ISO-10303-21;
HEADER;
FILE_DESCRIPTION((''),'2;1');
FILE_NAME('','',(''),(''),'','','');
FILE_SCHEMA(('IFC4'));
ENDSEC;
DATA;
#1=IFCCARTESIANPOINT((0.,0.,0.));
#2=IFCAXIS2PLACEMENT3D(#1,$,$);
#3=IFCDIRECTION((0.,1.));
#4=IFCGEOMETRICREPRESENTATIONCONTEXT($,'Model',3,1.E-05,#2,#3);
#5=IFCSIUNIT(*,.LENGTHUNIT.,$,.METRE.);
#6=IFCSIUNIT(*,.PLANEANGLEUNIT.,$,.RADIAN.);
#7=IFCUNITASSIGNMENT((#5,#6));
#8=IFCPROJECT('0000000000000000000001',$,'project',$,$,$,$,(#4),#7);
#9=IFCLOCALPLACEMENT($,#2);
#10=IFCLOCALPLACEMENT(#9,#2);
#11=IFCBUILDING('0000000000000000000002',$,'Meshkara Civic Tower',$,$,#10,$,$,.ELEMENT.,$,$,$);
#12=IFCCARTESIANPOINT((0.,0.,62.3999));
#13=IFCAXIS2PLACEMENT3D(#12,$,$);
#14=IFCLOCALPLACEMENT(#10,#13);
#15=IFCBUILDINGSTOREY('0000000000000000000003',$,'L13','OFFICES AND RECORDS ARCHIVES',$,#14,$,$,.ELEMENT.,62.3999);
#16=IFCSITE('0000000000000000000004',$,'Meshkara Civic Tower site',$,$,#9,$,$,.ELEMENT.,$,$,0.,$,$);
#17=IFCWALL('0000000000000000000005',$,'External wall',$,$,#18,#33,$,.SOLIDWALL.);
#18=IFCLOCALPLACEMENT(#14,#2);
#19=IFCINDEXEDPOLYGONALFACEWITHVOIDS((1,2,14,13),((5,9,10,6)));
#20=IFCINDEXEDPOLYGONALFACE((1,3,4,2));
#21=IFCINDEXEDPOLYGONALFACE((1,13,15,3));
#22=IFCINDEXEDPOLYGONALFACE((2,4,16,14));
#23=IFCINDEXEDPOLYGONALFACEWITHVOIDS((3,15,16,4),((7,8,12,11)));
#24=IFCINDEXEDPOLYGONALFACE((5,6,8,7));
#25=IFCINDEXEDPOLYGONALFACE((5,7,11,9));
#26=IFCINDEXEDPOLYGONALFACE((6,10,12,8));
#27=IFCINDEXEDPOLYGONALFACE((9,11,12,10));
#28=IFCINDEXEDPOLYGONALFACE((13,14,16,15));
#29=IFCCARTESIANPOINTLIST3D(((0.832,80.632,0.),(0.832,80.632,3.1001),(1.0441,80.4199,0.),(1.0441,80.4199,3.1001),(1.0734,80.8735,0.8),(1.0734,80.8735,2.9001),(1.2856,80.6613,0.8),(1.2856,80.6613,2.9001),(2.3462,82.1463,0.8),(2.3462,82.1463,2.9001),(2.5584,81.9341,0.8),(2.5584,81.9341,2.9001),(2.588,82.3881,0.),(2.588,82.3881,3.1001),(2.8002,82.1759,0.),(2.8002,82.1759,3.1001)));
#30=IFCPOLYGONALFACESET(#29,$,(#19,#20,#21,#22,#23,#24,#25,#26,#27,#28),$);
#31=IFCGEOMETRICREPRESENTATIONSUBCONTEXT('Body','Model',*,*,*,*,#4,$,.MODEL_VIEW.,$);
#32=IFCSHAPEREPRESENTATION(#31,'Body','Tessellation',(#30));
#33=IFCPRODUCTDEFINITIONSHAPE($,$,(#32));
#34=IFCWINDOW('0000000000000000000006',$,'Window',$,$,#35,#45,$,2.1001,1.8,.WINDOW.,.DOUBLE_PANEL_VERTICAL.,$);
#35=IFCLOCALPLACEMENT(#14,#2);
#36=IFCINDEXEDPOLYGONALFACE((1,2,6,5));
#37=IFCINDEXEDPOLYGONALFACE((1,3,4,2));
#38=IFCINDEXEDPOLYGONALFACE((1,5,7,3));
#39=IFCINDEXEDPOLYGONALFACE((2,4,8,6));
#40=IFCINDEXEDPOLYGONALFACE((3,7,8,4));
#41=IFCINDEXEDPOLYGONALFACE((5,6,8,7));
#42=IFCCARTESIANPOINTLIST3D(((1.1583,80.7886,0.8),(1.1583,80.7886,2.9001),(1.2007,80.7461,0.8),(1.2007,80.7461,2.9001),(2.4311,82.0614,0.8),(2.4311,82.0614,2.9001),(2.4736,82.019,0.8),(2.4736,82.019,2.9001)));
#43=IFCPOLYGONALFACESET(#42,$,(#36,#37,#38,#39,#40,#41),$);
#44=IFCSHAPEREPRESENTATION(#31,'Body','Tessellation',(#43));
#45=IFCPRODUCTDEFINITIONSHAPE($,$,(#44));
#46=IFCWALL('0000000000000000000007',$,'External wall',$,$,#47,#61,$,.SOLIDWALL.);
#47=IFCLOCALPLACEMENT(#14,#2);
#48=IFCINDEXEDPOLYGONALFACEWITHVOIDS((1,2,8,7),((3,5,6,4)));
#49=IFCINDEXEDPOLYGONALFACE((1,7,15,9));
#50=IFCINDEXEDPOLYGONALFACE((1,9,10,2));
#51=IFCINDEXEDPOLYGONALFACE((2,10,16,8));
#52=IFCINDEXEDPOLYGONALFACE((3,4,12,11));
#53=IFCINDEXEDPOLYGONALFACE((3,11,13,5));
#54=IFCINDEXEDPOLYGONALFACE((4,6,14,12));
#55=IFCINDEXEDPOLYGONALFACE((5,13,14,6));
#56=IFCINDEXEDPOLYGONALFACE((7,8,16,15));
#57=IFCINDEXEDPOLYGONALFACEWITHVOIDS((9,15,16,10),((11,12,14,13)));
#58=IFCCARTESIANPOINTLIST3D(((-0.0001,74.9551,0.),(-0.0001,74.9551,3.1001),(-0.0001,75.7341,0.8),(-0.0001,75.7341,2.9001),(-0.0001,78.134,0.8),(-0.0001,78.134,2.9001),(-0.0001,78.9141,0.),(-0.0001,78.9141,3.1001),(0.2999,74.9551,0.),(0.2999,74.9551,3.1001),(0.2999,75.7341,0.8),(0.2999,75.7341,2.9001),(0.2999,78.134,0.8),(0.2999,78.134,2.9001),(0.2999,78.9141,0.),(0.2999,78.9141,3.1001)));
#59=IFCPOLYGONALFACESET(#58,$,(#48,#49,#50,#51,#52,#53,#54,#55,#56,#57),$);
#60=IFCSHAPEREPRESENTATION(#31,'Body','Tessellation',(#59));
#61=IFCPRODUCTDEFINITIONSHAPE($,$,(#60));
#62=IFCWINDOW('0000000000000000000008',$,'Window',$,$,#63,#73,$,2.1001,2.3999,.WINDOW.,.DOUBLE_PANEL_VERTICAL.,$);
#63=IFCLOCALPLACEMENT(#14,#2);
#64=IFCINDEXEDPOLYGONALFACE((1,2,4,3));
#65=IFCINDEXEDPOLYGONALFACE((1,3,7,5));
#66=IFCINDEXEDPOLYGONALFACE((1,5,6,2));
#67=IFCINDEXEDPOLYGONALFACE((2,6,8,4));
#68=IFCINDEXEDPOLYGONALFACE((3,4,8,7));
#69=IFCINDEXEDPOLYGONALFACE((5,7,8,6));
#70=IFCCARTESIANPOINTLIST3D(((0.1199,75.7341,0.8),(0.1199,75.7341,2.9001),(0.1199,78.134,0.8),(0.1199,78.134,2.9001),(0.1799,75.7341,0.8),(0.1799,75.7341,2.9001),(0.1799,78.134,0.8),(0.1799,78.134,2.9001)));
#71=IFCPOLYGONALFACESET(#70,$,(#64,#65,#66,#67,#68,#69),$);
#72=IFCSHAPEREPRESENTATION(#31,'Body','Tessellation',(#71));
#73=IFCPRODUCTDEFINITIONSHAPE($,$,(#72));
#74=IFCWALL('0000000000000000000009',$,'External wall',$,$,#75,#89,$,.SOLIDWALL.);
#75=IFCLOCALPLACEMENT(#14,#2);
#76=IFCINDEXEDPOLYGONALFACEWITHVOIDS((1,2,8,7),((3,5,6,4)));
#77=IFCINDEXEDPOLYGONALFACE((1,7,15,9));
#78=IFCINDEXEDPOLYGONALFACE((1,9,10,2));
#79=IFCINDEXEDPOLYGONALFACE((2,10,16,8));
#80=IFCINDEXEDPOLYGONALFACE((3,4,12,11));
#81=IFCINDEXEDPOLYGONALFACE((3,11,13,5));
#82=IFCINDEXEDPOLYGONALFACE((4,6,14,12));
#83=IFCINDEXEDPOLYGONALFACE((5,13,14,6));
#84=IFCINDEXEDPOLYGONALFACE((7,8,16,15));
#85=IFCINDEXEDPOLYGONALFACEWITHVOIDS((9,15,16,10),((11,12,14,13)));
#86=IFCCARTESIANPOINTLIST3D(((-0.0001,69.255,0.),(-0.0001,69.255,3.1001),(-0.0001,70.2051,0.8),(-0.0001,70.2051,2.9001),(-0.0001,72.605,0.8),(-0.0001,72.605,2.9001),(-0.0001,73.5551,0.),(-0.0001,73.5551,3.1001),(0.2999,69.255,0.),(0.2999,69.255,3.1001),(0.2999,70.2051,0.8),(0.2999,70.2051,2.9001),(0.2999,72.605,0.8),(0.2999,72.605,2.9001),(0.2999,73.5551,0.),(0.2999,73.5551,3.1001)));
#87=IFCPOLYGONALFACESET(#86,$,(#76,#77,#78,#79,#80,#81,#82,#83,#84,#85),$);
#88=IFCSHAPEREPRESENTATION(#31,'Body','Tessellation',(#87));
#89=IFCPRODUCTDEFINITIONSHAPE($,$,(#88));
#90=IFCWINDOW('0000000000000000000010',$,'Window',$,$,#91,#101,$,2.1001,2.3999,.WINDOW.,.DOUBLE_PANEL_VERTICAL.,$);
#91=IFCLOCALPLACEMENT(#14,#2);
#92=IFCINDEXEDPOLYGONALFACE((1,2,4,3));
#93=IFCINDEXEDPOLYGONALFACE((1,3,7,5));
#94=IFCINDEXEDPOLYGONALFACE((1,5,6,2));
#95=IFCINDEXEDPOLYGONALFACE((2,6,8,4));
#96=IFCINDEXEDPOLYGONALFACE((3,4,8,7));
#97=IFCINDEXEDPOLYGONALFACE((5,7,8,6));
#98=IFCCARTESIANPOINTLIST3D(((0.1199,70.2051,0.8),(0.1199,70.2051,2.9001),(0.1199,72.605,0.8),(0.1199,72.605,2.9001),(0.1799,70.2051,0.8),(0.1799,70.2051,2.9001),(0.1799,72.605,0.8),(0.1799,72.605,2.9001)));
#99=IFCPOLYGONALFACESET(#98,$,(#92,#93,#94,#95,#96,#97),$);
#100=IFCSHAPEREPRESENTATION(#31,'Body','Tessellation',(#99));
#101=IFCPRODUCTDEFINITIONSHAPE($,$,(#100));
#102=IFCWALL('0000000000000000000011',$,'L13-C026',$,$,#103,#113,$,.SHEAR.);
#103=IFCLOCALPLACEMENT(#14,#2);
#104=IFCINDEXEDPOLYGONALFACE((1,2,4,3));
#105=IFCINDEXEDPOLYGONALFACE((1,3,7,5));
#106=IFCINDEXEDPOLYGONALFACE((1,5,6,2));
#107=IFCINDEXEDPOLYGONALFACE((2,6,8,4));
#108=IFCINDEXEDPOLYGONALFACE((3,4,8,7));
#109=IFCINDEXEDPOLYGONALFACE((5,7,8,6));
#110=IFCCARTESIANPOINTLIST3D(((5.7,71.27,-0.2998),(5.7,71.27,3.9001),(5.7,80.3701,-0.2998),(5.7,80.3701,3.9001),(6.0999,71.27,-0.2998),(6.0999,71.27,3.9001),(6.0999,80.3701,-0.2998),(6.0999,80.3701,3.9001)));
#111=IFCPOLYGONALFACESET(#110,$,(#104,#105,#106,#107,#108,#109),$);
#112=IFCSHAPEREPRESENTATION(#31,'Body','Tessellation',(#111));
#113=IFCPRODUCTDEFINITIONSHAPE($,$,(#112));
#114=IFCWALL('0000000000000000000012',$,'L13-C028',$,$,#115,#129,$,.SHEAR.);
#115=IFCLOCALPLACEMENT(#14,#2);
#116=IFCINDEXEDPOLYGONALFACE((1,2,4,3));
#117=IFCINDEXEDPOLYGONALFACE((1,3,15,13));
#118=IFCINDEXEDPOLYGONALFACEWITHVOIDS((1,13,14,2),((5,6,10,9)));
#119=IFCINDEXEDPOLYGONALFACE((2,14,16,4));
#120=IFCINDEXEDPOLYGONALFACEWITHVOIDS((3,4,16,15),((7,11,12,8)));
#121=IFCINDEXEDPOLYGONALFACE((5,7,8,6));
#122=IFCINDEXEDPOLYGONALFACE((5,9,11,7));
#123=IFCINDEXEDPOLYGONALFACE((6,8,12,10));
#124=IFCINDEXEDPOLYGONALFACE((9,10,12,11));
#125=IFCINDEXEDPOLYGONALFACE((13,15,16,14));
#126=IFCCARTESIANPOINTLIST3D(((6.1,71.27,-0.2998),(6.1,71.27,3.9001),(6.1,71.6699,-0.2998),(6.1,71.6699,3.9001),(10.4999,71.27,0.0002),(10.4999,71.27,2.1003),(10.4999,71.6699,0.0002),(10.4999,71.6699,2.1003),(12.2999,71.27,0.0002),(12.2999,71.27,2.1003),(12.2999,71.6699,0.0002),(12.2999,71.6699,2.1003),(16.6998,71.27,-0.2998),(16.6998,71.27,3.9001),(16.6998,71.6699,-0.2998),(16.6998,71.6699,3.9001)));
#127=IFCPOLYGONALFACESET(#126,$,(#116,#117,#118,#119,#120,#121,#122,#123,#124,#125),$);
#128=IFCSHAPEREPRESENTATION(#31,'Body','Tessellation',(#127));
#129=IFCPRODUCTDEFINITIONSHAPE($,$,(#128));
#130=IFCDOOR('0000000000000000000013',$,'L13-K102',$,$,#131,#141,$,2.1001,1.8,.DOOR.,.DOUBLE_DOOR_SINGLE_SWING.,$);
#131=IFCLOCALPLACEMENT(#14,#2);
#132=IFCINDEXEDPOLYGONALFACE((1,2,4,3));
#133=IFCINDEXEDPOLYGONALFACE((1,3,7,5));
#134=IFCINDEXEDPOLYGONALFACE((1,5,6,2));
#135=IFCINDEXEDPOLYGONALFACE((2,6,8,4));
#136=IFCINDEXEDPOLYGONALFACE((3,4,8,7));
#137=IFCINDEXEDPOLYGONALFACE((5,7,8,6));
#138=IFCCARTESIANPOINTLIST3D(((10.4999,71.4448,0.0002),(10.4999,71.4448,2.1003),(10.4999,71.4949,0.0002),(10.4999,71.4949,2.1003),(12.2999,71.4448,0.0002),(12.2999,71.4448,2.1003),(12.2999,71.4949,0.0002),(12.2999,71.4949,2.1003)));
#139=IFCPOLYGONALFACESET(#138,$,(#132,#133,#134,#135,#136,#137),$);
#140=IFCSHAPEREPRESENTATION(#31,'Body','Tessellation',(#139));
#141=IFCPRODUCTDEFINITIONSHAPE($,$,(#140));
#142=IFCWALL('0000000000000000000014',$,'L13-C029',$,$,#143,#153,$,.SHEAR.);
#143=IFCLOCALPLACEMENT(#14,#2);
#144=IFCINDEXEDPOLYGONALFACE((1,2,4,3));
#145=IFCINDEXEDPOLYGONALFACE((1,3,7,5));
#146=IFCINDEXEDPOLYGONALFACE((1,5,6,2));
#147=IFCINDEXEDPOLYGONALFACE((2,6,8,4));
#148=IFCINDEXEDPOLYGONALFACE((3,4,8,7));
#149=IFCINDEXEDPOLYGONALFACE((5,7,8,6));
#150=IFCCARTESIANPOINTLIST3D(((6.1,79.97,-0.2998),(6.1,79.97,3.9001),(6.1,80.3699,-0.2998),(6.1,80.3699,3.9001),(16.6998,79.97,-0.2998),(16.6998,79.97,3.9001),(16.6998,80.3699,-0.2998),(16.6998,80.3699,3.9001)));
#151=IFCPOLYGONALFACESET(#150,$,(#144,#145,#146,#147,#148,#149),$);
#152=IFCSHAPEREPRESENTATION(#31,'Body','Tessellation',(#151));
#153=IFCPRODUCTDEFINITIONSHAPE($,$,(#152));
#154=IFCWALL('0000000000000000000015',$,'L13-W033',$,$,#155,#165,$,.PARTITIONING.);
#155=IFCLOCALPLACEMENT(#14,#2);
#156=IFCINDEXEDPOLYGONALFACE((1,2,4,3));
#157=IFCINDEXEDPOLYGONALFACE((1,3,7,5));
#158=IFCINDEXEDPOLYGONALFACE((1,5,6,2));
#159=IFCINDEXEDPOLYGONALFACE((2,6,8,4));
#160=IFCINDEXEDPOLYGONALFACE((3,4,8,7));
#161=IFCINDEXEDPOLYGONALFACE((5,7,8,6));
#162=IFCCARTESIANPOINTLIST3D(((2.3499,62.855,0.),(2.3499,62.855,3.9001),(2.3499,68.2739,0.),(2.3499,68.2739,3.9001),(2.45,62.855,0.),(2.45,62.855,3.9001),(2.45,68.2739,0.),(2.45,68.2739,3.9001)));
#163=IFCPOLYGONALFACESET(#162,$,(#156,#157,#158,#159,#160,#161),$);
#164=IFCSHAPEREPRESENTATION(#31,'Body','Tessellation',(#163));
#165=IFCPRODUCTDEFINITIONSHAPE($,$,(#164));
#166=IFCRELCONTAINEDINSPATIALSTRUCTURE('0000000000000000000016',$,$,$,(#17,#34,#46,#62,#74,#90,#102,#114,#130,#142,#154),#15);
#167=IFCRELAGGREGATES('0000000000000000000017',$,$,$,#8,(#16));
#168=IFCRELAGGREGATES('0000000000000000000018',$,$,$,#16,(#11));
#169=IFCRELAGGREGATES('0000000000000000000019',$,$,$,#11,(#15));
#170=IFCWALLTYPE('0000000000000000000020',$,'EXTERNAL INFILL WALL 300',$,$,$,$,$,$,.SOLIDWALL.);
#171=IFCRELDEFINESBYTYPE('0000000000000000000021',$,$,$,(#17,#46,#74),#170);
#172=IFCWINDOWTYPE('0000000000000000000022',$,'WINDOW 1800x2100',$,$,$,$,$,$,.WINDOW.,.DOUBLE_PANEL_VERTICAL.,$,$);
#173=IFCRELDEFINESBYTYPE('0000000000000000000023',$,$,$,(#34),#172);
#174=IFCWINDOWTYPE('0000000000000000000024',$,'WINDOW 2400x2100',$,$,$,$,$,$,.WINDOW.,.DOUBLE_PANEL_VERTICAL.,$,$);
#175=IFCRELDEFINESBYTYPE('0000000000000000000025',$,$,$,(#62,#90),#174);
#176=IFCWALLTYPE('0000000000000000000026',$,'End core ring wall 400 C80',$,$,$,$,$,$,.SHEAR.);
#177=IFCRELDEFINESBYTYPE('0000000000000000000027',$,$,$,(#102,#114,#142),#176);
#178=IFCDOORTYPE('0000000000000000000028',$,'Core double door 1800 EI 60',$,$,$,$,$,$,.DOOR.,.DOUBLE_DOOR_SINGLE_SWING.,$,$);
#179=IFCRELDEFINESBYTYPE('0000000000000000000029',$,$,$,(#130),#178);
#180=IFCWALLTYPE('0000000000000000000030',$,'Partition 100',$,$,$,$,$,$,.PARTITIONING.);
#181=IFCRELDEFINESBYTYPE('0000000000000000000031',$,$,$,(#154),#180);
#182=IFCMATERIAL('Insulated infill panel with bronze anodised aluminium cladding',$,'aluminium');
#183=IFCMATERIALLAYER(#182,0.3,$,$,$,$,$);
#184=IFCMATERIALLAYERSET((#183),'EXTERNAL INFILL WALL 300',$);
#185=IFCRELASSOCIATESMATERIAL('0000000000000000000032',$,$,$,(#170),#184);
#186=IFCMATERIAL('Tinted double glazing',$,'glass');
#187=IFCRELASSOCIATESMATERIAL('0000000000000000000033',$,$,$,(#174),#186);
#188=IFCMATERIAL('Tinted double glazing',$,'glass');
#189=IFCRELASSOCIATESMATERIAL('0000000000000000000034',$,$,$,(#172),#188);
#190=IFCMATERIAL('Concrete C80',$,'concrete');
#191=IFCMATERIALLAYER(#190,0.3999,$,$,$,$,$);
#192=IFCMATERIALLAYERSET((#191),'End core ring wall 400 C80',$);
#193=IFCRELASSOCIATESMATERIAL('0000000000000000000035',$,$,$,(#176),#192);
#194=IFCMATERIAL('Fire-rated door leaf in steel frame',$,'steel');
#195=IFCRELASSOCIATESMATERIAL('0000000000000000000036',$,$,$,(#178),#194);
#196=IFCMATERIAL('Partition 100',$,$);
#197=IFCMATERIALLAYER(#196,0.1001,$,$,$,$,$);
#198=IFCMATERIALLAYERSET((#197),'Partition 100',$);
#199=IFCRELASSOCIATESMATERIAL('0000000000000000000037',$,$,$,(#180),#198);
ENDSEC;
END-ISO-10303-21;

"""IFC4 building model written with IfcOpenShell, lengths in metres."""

from ifc_helpers import new_model, si_unit, direction, frame, frame_2d, origin, place, context, subcontext, project, spatial, rectangle, extrude, material, layer, layer_set, type_object, element, fill, save


model = new_model("IFC4")

# Units and contexts
model_context = context("Model", 3, precision=1e-05, world=origin(), true_north=direction((0.0, 1.0)))
body_context = subcontext(model_context, "Body", "Model", "MODEL_VIEW")
ifc_project = project(units=[si_unit("LENGTHUNIT", "METRE"), si_unit("PLANEANGLEUNIT", "RADIAN")], contexts=[model_context])

# Site, building, storey
site_placement = place(None, origin())
site = spatial("IfcSite", under=ifc_project, at=site_placement, Name="Meshkara Civic Tower site", CompositionType="ELEMENT", RefElevation=0.0)
building_placement = place(site_placement, origin())
building = spatial("IfcBuilding", under=site, at=building_placement, Name="Meshkara Civic Tower", CompositionType="ELEMENT")
storey_placement = place(building_placement, frame((0.0, 0.0, 62.3999)))
storey = spatial("IfcBuildingStorey", under=building, at=storey_placement, Name="L13", Description="OFFICES AND RECORDS ARCHIVES", CompositionType="ELEMENT", Elevation=62.3999)

# Walls, openings, windows
ifc_material_1 = material(Name="Insulated infill panel with bronze anodised aluminium cladding", Category="aluminium")
ifc_layer_1 = layer(ifc_material_1, 0.3)
ifc_layer_set_1 = layer_set([ifc_layer_1], Name="EXTERNAL INFILL WALL 300")
wall_type_1 = type_object("IfcWallType", Name="EXTERNAL INFILL WALL 300", PredefinedType="SOLIDWALL", material=ifc_layer_set_1)
ifc_material_2 = material(Name="Tinted double glazing", Category="glass")
window_type_1 = type_object("IfcWindowType", Name="WINDOW 2400x2100", PartitioningType="DOUBLE_PANEL_VERTICAL", PredefinedType="WINDOW", material=ifc_material_2)
wall_1_placement = place(storey_placement, frame((2.6941, 82.282, 0.0), z_axis=(0.0, 0.0, 1.0), x_axis=(-0.707107, -0.707107, 0.0)))
wall_1 = element("IfcWall", 1, at=wall_1_placement, inside=storey, type_object=wall_type_1, Name="External wall", PredefinedType="SOLIDWALL", context=body_context, shape_type="SweptSolid", body=[
    extrude(rectangle(XDim=2.4834, YDim=0.3, at=frame_2d((1.2417, 0.0))), origin(), (0.0, 0.0, 1.0), 3.1001),
])
opening_1_placement = place(wall_1_placement, frame((0.342, 0.0, 0.8)))
opening_1 = element("IfcOpeningElement", 2, at=opening_1_placement, cuts=wall_1, PredefinedType="OPENING", context=body_context, shape_type="SweptSolid", body=[
    extrude(rectangle(XDim=1.8, YDim=2.1001, at=frame_2d((0.8999, 1.05))), frame((0.0, 0.1599, 0.0), z_axis=(0.0, -1.0, 0.0), x_axis=(1.0, 0.0, 0.0)), (0.0, 0.0, 1.0), 0.3201),
])
ifc_material_3 = material(Name="Tinted double glazing", Category="glass")
window_type_2 = type_object("IfcWindowType", Name="WINDOW 1800x2100", PartitioningType="DOUBLE_PANEL_VERTICAL", PredefinedType="WINDOW", material=ifc_material_3)
window_1_placement = place(opening_1_placement, origin())
window_1 = element("IfcWindow", 3, at=window_1_placement, inside=storey, type_object=window_type_2, Name="Window", OverallHeight=2.1001, OverallWidth=1.8, PartitioningType="DOUBLE_PANEL_VERTICAL", PredefinedType="WINDOW", context=body_context, shape_type="SweptSolid", body=[
    extrude(rectangle(XDim=1.8, YDim=2.1001, at=frame_2d((0.8999, 1.05))), frame((0.0, 0.03, 0.0), z_axis=(0.0, -1.0, 0.0), x_axis=(1.0, 0.0, 0.0)), (0.0, 0.0, 1.0), 0.0601),
])
fill(opening_1, window_1)
wall_2_placement = place(storey_placement, frame((0.1499, 78.9141, 0.0), z_axis=(0.0, 0.0, 1.0), x_axis=(0.0, -1.0, 0.0)))
wall_2 = element("IfcWall", 4, at=wall_2_placement, inside=storey, type_object=wall_type_1, Name="External wall", PredefinedType="SOLIDWALL", context=body_context, shape_type="SweptSolid", body=[
    extrude(rectangle(XDim=3.959, YDim=0.3, at=frame_2d((1.9795, 0.0))), origin(), (0.0, 0.0, 1.0), 3.1001),
])
opening_2_placement = place(wall_2_placement, frame((0.78, 0.0, 0.8)))
opening_2 = element("IfcOpeningElement", 5, at=opening_2_placement, cuts=wall_2, PredefinedType="OPENING", context=body_context, shape_type="SweptSolid", body=[
    extrude(rectangle(XDim=2.3999, YDim=2.1001, at=frame_2d((1.2, 1.05))), frame((0.0, 0.1599, 0.0), z_axis=(0.0, -1.0, 0.0), x_axis=(1.0, 0.0, 0.0)), (0.0, 0.0, 1.0), 0.3201),
])
window_2_placement = place(opening_2_placement, origin())
window_2 = element("IfcWindow", 6, at=window_2_placement, inside=storey, type_object=window_type_1, Name="Window", OverallHeight=2.1001, OverallWidth=2.3999, PartitioningType="DOUBLE_PANEL_VERTICAL", PredefinedType="WINDOW", context=body_context, shape_type="SweptSolid", body=[
    extrude(rectangle(XDim=2.3999, YDim=2.1001, at=frame_2d((1.2, 1.05))), frame((0.0, 0.03, 0.0), z_axis=(0.0, -1.0, 0.0), x_axis=(1.0, 0.0, 0.0)), (0.0, 0.0, 1.0), 0.0601),
])
fill(opening_2, window_2)
wall_3_placement = place(storey_placement, frame((0.1499, 73.5549, 0.0), z_axis=(0.0, 0.0, 1.0), x_axis=(0.0, -1.0, 0.0)))
wall_3 = element("IfcWall", 7, at=wall_3_placement, inside=storey, type_object=wall_type_1, Name="External wall", PredefinedType="SOLIDWALL", context=body_context, shape_type="SweptSolid", body=[
    extrude(rectangle(XDim=4.3, YDim=0.3, at=frame_2d((2.1499, 0.0))), origin(), (0.0, 0.0, 1.0), 3.1001),
])
opening_3_placement = place(wall_3_placement, frame((0.95, 0.0, 0.8)))
opening_3 = element("IfcOpeningElement", 8, at=opening_3_placement, cuts=wall_3, PredefinedType="OPENING", context=body_context, shape_type="SweptSolid", body=[
    extrude(rectangle(XDim=2.3999, YDim=2.1001, at=frame_2d((1.2, 1.05))), frame((0.0, 0.1599, 0.0), z_axis=(0.0, -1.0, 0.0), x_axis=(1.0, 0.0, 0.0)), (0.0, 0.0, 1.0), 0.3201),
])
window_3_placement = place(opening_3_placement, origin())
window_3 = element("IfcWindow", 9, at=window_3_placement, inside=storey, type_object=window_type_1, Name="Window", OverallHeight=2.1001, OverallWidth=2.3999, PartitioningType="DOUBLE_PANEL_VERTICAL", PredefinedType="WINDOW", context=body_context, shape_type="SweptSolid", body=[
    extrude(rectangle(XDim=2.3999, YDim=2.1001, at=frame_2d((1.2, 1.05))), frame((0.0, 0.03, 0.0), z_axis=(0.0, -1.0, 0.0), x_axis=(1.0, 0.0, 0.0)), (0.0, 0.0, 1.0), 0.0601),
])
fill(opening_3, window_3)

# Wall
ifc_material_4 = material(Name="Concrete C80", Category="concrete")
ifc_layer_2 = layer(ifc_material_4, 0.3999)
ifc_layer_set_2 = layer_set([ifc_layer_2], Name="End core ring wall 400 C80")
wall_type_2 = type_object("IfcWallType", Name="End core ring wall 400 C80", PredefinedType="SHEAR", material=ifc_layer_set_2)
wall_4_placement = place(storey_placement, frame((5.8999, 71.27, -0.2998), z_axis=(0.0, 0.0, 1.0), x_axis=(0.0, 1.0, 0.0)))
element("IfcWall", 10, at=wall_4_placement, inside=storey, type_object=wall_type_2, Name="L13-C026", PredefinedType="SHEAR", context=body_context, shape_type="SweptSolid", body=[
    extrude(rectangle(XDim=9.1001, YDim=0.3999, at=frame_2d((4.55, 0.0))), origin(), (0.0, 0.0, 1.0), 4.2),
])

# Wall, opening, door
wall_5_placement = place(storey_placement, frame((6.1001, 71.47, -0.2998), z_axis=(0.0, 0.0, 1.0), x_axis=(1.0, 0.0, 0.0)))
wall_5 = element("IfcWall", 11, at=wall_5_placement, inside=storey, type_object=wall_type_2, Name="L13-C028", PredefinedType="SHEAR", context=body_context, shape_type="SweptSolid", body=[
    extrude(rectangle(XDim=10.5999, YDim=0.3999, at=frame_2d((5.2998, 0.0))), origin(), (0.0, 0.0, 1.0), 4.2),
])
opening_4_placement = place(wall_5_placement, frame((4.3999, 0.0, 0.3)))
opening_4 = element("IfcOpeningElement", 12, at=opening_4_placement, cuts=wall_5, PredefinedType="OPENING", context=body_context, shape_type="SweptSolid", body=[
    extrude(rectangle(XDim=1.8, YDim=2.1001, at=frame_2d((0.8999, 1.05))), frame((0.0, 0.21, 0.0), z_axis=(0.0, -1.0, 0.0), x_axis=(1.0, 0.0, 0.0)), (0.0, 0.0, 1.0), 0.4199),
])
ifc_material_5 = material(Name="Fire-rated door leaf in steel frame", Category="steel")
door_type_1 = type_object("IfcDoorType", Name="Core double door 1800 EI 60", OperationType="DOUBLE_DOOR_SINGLE_SWING", PredefinedType="DOOR", material=ifc_material_5)
door_1_placement = place(opening_4_placement, origin())
door_1 = element("IfcDoor", 13, at=door_1_placement, inside=storey, type_object=door_type_1, Name="L13-K102", OperationType="DOUBLE_DOOR_SINGLE_SWING", OverallHeight=2.1001, OverallWidth=1.8, PredefinedType="DOOR", context=body_context, shape_type="SweptSolid", body=[
    extrude(rectangle(XDim=1.8, YDim=2.1001, at=frame_2d((0.8999, 1.05))), frame((0.0, 0.0249, 0.0), z_axis=(0.0, -1.0, 0.0), x_axis=(1.0, 0.0, 0.0)), (0.0, 0.0, 1.0), 0.05),
])
fill(opening_4, door_1)

# Walls
wall_6_placement = place(storey_placement, frame((6.1001, 80.1699, -0.2998), z_axis=(0.0, 0.0, 1.0), x_axis=(1.0, 0.0, 0.0)))
element("IfcWall", 14, at=wall_6_placement, inside=storey, type_object=wall_type_2, Name="L13-C029", PredefinedType="SHEAR", context=body_context, shape_type="SweptSolid", body=[
    extrude(rectangle(XDim=10.5999, YDim=0.3999, at=frame_2d((5.2998, 0.0))), origin(), (0.0, 0.0, 1.0), 4.2),
])
ifc_material_6 = material(Name="Partition 100")
ifc_layer_3 = layer(ifc_material_6, 0.1001)
ifc_layer_set_3 = layer_set([ifc_layer_3], Name="Partition 100")
wall_type_3 = type_object("IfcWallType", Name="Partition 100", PredefinedType="PARTITIONING", material=ifc_layer_set_3)
wall_7_placement = place(storey_placement, frame((2.3999, 68.2739, 0.0), z_axis=(0.0, 0.0, 1.0), x_axis=(0.0, -1.0, 0.0)))
element("IfcWall", 15, at=wall_7_placement, inside=storey, type_object=wall_type_3, Name="L13-W033", PredefinedType="PARTITIONING", context=body_context, shape_type="SweptSolid", body=[
    extrude(rectangle(XDim=5.4189, YDim=0.1001, at=frame_2d((2.7095, 0.0))), origin(), (0.0, 0.0, 1.0), 3.9001),
])

save(model, "model.ifc")
